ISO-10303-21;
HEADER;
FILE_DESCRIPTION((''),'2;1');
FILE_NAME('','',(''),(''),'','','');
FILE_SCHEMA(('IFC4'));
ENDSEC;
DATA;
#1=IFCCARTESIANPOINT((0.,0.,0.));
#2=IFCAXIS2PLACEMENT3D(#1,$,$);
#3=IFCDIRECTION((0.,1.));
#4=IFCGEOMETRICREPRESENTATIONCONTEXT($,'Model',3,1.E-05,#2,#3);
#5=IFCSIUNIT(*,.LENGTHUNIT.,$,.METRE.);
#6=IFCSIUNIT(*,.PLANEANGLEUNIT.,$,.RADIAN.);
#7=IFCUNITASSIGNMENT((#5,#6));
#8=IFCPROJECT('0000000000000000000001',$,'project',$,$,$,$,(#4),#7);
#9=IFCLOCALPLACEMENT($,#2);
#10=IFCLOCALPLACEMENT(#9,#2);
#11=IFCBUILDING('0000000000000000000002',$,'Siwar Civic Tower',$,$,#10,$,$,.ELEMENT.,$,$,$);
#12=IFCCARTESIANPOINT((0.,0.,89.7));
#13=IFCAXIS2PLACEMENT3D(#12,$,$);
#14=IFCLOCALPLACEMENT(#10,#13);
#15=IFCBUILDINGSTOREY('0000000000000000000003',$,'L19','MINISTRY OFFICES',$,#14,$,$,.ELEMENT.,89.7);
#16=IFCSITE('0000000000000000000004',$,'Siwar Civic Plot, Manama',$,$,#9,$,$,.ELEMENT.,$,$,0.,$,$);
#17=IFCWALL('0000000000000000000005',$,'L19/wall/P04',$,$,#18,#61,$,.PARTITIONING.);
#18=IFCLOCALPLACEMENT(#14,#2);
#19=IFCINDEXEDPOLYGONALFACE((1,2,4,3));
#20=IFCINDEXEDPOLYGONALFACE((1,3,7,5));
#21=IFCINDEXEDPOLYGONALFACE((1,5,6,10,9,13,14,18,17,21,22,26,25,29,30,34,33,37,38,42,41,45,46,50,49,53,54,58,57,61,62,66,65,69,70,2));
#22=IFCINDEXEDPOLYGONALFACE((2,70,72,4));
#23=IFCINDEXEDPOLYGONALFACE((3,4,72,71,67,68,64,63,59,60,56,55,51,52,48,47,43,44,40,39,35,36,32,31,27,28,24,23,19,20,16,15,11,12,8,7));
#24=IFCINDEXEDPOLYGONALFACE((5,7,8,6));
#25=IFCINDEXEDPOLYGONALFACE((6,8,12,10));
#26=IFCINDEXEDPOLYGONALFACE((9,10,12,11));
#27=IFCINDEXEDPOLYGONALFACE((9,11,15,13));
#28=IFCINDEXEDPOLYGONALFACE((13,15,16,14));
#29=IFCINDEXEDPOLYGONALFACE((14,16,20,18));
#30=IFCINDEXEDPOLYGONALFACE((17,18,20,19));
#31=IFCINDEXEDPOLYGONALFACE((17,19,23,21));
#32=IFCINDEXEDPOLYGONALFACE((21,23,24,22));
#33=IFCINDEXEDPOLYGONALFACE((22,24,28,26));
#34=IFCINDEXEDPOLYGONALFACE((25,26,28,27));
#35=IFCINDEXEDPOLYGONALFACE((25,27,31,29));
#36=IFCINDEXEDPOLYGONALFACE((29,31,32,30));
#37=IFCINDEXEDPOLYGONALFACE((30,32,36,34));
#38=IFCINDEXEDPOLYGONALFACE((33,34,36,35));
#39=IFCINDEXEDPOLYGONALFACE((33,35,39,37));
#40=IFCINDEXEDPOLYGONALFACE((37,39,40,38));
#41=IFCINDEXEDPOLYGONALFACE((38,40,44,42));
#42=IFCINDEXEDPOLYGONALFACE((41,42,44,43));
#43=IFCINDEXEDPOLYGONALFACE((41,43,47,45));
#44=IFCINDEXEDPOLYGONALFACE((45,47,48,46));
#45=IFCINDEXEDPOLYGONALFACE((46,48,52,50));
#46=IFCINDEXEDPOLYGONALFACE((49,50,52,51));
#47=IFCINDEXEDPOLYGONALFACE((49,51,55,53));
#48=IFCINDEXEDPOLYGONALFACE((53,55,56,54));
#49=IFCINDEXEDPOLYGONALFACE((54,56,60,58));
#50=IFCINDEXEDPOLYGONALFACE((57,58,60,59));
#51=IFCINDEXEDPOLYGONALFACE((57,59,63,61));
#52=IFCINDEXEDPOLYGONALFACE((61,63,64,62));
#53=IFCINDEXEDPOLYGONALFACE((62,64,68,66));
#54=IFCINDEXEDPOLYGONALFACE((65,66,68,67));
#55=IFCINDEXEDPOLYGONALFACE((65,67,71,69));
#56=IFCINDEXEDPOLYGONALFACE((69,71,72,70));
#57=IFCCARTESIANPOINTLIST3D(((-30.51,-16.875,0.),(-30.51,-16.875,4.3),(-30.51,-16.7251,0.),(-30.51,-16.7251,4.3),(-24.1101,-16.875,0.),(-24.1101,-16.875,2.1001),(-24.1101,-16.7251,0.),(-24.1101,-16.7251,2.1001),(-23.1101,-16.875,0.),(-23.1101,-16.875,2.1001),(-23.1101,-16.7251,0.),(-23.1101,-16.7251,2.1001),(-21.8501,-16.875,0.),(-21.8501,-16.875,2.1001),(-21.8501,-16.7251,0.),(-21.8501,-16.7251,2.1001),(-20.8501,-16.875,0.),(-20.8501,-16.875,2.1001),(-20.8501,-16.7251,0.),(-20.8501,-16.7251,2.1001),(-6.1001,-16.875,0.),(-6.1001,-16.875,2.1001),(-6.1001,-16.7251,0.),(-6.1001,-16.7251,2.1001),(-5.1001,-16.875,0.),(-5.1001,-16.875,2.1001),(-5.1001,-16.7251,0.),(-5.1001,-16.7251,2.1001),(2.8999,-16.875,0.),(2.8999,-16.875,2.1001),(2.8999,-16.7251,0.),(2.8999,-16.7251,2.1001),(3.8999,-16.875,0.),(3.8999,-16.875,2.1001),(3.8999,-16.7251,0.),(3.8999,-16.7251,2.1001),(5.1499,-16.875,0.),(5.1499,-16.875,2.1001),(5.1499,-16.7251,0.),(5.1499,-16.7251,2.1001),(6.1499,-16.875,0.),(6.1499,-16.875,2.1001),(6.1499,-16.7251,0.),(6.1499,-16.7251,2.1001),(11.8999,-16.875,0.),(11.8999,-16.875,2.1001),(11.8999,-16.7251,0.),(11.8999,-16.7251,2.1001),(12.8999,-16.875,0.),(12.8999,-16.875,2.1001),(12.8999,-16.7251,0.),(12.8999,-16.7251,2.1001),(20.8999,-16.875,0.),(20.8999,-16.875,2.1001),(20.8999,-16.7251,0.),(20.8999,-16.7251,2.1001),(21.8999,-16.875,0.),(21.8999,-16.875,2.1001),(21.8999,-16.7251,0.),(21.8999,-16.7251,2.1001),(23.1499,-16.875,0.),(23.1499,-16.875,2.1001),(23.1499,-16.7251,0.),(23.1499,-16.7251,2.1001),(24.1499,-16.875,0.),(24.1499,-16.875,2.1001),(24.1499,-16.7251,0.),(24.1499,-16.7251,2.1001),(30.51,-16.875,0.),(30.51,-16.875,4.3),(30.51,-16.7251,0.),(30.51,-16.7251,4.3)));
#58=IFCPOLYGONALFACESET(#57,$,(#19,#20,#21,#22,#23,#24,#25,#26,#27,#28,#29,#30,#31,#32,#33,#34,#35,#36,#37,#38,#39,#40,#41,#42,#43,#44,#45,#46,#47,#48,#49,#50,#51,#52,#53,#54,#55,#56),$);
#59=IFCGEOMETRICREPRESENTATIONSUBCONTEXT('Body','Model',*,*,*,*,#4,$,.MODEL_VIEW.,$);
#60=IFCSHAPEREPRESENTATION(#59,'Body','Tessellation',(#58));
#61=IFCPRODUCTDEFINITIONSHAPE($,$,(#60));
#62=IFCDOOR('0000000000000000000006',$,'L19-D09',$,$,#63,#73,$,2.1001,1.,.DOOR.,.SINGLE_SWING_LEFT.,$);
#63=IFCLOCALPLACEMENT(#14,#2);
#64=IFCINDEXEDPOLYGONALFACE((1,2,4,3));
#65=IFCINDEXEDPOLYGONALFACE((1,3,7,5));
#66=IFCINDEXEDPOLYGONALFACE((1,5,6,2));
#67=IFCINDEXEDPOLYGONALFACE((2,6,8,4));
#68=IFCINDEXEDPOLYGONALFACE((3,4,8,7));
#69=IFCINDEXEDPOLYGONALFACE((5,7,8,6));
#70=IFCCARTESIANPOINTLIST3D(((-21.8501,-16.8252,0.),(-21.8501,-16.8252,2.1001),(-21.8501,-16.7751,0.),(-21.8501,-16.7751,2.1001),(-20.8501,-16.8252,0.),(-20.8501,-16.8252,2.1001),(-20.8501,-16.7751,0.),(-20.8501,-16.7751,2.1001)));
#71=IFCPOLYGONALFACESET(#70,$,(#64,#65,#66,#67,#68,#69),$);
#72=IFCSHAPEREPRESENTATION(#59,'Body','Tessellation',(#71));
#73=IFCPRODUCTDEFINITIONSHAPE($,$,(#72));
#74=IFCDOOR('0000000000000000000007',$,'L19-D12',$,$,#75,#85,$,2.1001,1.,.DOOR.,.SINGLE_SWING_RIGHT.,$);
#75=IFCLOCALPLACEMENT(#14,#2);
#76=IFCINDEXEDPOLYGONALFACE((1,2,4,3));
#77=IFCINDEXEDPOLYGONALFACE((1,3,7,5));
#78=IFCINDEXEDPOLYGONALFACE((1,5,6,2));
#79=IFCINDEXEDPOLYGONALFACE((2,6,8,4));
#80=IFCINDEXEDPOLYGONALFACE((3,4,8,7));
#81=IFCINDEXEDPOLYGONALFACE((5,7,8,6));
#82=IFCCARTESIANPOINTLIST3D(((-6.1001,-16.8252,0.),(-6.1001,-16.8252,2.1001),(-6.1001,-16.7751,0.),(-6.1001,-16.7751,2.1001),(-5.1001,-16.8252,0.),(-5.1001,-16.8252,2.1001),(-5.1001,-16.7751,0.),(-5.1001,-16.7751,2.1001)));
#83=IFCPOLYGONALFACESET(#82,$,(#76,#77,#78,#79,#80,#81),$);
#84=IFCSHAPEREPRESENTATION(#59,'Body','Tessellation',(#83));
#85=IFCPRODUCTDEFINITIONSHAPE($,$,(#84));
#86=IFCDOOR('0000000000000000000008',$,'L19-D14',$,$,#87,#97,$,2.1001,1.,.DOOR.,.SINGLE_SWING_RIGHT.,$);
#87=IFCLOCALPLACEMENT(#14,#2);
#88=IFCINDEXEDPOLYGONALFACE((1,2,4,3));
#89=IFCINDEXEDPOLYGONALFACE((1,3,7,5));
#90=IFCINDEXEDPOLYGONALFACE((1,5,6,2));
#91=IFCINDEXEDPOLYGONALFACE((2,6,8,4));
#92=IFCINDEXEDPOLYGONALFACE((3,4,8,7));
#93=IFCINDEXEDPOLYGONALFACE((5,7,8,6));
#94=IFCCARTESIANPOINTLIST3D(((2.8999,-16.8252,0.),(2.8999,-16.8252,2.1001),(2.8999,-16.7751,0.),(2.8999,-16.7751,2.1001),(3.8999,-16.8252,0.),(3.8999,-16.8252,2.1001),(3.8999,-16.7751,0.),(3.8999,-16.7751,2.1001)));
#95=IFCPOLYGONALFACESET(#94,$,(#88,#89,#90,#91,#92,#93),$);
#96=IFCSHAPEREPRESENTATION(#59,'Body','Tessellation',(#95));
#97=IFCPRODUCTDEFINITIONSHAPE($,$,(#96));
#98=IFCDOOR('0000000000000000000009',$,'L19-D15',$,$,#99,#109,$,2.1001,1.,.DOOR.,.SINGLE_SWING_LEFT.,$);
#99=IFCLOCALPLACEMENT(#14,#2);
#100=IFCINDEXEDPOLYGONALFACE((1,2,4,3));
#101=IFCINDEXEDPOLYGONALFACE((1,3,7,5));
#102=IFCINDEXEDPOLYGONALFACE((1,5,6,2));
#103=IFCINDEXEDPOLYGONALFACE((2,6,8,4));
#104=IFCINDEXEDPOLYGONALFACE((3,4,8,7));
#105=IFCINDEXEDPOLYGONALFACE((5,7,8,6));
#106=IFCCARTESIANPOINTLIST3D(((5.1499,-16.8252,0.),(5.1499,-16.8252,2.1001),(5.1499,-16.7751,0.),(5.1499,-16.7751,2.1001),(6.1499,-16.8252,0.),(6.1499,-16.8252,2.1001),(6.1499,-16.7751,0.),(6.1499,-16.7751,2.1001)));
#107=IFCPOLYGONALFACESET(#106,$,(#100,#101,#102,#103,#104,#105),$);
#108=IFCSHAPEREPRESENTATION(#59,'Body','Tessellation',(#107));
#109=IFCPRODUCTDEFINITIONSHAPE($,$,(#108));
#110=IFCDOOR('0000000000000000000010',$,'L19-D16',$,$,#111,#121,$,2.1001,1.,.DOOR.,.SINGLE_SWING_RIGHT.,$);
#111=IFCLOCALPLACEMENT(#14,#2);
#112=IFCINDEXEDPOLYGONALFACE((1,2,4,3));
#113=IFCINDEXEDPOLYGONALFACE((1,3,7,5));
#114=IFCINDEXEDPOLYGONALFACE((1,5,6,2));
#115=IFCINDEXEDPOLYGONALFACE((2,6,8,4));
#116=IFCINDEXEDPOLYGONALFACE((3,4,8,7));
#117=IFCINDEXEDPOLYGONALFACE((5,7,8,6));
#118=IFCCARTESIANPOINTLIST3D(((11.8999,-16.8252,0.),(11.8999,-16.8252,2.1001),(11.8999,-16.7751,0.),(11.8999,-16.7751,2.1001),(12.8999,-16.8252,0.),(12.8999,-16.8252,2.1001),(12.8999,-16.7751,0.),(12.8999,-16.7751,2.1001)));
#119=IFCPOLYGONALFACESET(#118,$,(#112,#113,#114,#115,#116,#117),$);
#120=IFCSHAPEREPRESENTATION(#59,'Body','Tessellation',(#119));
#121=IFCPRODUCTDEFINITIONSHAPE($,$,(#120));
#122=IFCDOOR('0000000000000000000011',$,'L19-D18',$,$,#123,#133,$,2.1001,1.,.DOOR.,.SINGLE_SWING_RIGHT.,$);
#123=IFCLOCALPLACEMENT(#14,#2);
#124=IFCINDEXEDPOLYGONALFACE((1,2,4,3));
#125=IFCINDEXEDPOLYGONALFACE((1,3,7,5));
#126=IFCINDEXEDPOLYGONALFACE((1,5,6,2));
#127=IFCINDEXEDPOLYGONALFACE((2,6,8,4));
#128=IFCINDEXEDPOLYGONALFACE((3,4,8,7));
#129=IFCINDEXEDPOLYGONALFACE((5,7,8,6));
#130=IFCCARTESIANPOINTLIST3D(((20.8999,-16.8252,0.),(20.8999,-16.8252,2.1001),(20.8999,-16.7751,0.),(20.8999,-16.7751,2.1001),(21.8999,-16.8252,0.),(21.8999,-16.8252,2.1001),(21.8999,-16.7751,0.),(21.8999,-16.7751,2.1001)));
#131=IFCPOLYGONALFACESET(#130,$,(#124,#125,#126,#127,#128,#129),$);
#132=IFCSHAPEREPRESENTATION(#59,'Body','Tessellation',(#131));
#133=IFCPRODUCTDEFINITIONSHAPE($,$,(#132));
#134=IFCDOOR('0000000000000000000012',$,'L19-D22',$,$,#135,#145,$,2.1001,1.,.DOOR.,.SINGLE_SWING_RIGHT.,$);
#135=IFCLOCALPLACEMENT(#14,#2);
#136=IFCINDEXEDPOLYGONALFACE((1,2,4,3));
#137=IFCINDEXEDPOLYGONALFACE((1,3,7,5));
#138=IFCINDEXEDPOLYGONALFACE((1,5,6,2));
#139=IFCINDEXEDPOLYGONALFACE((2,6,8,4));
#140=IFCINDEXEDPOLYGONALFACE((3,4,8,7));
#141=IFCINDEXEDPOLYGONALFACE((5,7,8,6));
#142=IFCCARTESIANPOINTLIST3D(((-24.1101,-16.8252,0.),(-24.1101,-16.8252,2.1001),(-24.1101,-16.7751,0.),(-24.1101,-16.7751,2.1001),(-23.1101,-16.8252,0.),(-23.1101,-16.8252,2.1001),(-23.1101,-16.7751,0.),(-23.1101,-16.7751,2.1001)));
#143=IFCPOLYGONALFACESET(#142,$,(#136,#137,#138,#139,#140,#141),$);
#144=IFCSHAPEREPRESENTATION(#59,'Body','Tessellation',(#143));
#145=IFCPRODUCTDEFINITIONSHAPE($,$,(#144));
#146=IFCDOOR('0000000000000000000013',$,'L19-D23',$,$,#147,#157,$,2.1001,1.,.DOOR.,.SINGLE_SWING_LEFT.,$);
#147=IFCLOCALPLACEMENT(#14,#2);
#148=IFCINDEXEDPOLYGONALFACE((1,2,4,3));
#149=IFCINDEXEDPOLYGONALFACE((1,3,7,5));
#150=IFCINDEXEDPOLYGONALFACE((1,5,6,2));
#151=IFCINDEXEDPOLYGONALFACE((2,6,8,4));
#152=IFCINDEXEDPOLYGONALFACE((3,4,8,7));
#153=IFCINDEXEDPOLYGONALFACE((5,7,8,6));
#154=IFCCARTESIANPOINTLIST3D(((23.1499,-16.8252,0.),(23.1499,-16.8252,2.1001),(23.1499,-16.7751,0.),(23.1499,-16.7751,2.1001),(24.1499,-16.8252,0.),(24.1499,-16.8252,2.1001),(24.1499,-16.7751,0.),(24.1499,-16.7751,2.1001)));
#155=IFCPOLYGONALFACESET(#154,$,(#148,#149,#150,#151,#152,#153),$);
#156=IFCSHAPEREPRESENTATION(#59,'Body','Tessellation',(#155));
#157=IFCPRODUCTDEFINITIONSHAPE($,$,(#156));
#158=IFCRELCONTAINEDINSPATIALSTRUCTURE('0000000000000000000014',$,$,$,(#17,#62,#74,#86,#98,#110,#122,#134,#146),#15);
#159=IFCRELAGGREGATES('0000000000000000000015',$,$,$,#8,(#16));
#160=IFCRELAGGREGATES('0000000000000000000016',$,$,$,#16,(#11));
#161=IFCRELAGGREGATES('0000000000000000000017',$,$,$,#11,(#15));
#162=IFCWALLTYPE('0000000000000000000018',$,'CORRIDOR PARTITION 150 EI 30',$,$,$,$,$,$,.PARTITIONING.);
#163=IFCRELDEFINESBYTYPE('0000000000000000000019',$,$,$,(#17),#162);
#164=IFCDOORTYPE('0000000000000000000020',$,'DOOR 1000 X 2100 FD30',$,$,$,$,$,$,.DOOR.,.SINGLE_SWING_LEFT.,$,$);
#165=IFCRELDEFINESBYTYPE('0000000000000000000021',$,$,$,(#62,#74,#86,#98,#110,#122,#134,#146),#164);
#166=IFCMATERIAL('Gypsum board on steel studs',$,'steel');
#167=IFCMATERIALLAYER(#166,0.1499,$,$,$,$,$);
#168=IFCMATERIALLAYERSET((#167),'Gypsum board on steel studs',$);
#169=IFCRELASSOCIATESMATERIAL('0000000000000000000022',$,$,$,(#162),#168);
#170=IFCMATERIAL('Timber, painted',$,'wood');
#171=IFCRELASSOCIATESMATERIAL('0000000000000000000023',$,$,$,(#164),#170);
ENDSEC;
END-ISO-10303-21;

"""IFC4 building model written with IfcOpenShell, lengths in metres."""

from ifc_helpers import new_model, si_unit, direction, frame, frame_2d, origin, place, context, subcontext, project, spatial, rectangle, extrude, material, layer, layer_set, type_object, element, fill, save


model = new_model("IFC4")

# Units and contexts
model_context = context("Model", 3, precision=1e-05, world=origin(), true_north=direction((0.0, 1.0)))
body_context = subcontext(model_context, "Body", "Model", "MODEL_VIEW")
ifc_project = project(units=[si_unit("LENGTHUNIT", "METRE"), si_unit("PLANEANGLEUNIT", "RADIAN")], contexts=[model_context])

# Site, building, storey
site_placement = place(None, origin())
site = spatial("IfcSite", under=ifc_project, at=site_placement, Name="Siwar Civic Plot, Manama", CompositionType="ELEMENT", RefElevation=0.0)
building_placement = place(site_placement, origin())
building = spatial("IfcBuilding", under=site, at=building_placement, Name="Siwar Civic Tower", CompositionType="ELEMENT")
storey_placement = place(building_placement, frame((0.0, 0.0, 89.7)))
storey = spatial("IfcBuildingStorey", under=building, at=storey_placement, Name="L19", Description="MINISTRY OFFICES", CompositionType="ELEMENT", Elevation=89.7)

# Wall, openings, doors
ifc_material_1 = material(Name="Gypsum board on steel studs", Category="steel")
ifc_layer_1 = layer(ifc_material_1, 0.1499)
ifc_layer_set_1 = layer_set([ifc_layer_1], Name="Gypsum board on steel studs")
wall_type = type_object("IfcWallType", Name="CORRIDOR PARTITION 150 EI 30", PredefinedType="PARTITIONING", material=ifc_layer_set_1)
wall_1_placement = place(storey_placement, frame((-30.51, -16.8, 0.0), z_axis=(0.0, 0.0, 1.0), x_axis=(1.0, 0.0, 0.0)))
wall_1 = element("IfcWall", 1, at=wall_1_placement, inside=storey, type_object=wall_type, Name="L19/wall/P04", PredefinedType="PARTITIONING", context=body_context, shape_type="SweptSolid", body=[
    extrude(rectangle(XDim=61.02, YDim=0.1499, at=frame_2d((30.51, 0.0))), origin(), (0.0, 0.0, 1.0), 4.3),
])
opening_1_placement = place(wall_1_placement, frame((8.6599, 0.0, 0.0)))
opening_1 = element("IfcOpeningElement", 2, at=opening_1_placement, cuts=wall_1, PredefinedType="OPENING", context=body_context, shape_type="SweptSolid", body=[
    extrude(rectangle(XDim=1.0, YDim=2.1001, at=frame_2d((0.5, 1.05))), frame((0.0, 0.085, 0.0), z_axis=(0.0, -1.0, 0.0), x_axis=(1.0, 0.0, 0.0)), (0.0, 0.0, 1.0), 0.1699),
])
opening_2_placement = place(wall_1_placement, frame((24.4099, 0.0, 0.0)))
opening_2 = element("IfcOpeningElement", 3, at=opening_2_placement, cuts=wall_1, PredefinedType="OPENING", context=body_context, shape_type="SweptSolid", body=[
    extrude(rectangle(XDim=1.0, YDim=2.1001, at=frame_2d((0.5, 1.05))), frame((0.0, 0.085, 0.0), z_axis=(0.0, -1.0, 0.0), x_axis=(1.0, 0.0, 0.0)), (0.0, 0.0, 1.0), 0.1699),
])
opening_3_placement = place(wall_1_placement, frame((33.4099, 0.0, 0.0)))
opening_3 = element("IfcOpeningElement", 4, at=opening_3_placement, cuts=wall_1, PredefinedType="OPENING", context=body_context, shape_type="SweptSolid", body=[
    extrude(rectangle(XDim=1.0, YDim=2.1001, at=frame_2d((0.5, 1.05))), frame((0.0, 0.085, 0.0), z_axis=(0.0, -1.0, 0.0), x_axis=(1.0, 0.0, 0.0)), (0.0, 0.0, 1.0), 0.1699),
])
opening_4_placement = place(wall_1_placement, frame((35.6599, 0.0, 0.0)))
opening_4 = element("IfcOpeningElement", 5, at=opening_4_placement, cuts=wall_1, PredefinedType="OPENING", context=body_context, shape_type="SweptSolid", body=[
    extrude(rectangle(XDim=1.0, YDim=2.1001, at=frame_2d((0.5, 1.05))), frame((0.0, 0.085, 0.0), z_axis=(0.0, -1.0, 0.0), x_axis=(1.0, 0.0, 0.0)), (0.0, 0.0, 1.0), 0.1699),
])
opening_5_placement = place(wall_1_placement, frame((42.4099, 0.0, 0.0)))
opening_5 = element("IfcOpeningElement", 6, at=opening_5_placement, cuts=wall_1, PredefinedType="OPENING", context=body_context, shape_type="SweptSolid", body=[
    extrude(rectangle(XDim=1.0, YDim=2.1001, at=frame_2d((0.5, 1.05))), frame((0.0, 0.085, 0.0), z_axis=(0.0, -1.0, 0.0), x_axis=(1.0, 0.0, 0.0)), (0.0, 0.0, 1.0), 0.1699),
])
opening_6_placement = place(wall_1_placement, frame((51.4099, 0.0, 0.0)))
opening_6 = element("IfcOpeningElement", 7, at=opening_6_placement, cuts=wall_1, PredefinedType="OPENING", context=body_context, shape_type="SweptSolid", body=[
    extrude(rectangle(XDim=1.0, YDim=2.1001, at=frame_2d((0.5, 1.05))), frame((0.0, 0.085, 0.0), z_axis=(0.0, -1.0, 0.0), x_axis=(1.0, 0.0, 0.0)), (0.0, 0.0, 1.0), 0.1699),
])
opening_7_placement = place(wall_1_placement, frame((6.3999, 0.0, 0.0)))
opening_7 = element("IfcOpeningElement", 8, at=opening_7_placement, cuts=wall_1, PredefinedType="OPENING", context=body_context, shape_type="SweptSolid", body=[
    extrude(rectangle(XDim=1.0, YDim=2.1001, at=frame_2d((0.5, 1.05))), frame((0.0, 0.085, 0.0), z_axis=(0.0, -1.0, 0.0), x_axis=(1.0, 0.0, 0.0)), (0.0, 0.0, 1.0), 0.1699),
])
opening_8_placement = place(wall_1_placement, frame((53.6599, 0.0, 0.0)))
opening_8 = element("IfcOpeningElement", 9, at=opening_8_placement, cuts=wall_1, PredefinedType="OPENING", context=body_context, shape_type="SweptSolid", body=[
    extrude(rectangle(XDim=1.0, YDim=2.1001, at=frame_2d((0.5, 1.05))), frame((0.0, 0.085, 0.0), z_axis=(0.0, -1.0, 0.0), x_axis=(1.0, 0.0, 0.0)), (0.0, 0.0, 1.0), 0.1699),
])
ifc_material_2 = material(Name="Timber, painted", Category="wood")
door_type = type_object("IfcDoorType", Name="DOOR 1000 X 2100 FD30", OperationType="SINGLE_SWING_LEFT", PredefinedType="DOOR", material=ifc_material_2)
door_1_placement = place(opening_1_placement, origin())
door_1 = element("IfcDoor", 10, at=door_1_placement, inside=storey, type_object=door_type, Name="L19-D09", OperationType="SINGLE_SWING_LEFT", OverallHeight=2.1001, OverallWidth=1.0, PredefinedType="DOOR", context=body_context, shape_type="SweptSolid", body=[
    extrude(rectangle(XDim=1.0, YDim=2.1001, at=frame_2d((0.5, 1.05))), frame((0.0, 0.0249, 0.0), z_axis=(0.0, -1.0, 0.0), x_axis=(1.0, 0.0, 0.0)), (0.0, 0.0, 1.0), 0.05),
])
fill(opening_1, door_1)
door_2_placement = place(opening_2_placement, origin())
door_2 = element("IfcDoor", 11, at=door_2_placement, inside=storey, type_object=door_type, Name="L19-D12", OperationType="SINGLE_SWING_RIGHT", OverallHeight=2.1001, OverallWidth=1.0, PredefinedType="DOOR", context=body_context, shape_type="SweptSolid", body=[
    extrude(rectangle(XDim=1.0, YDim=2.1001, at=frame_2d((0.5, 1.05))), frame((0.0, 0.0249, 0.0), z_axis=(0.0, -1.0, 0.0), x_axis=(1.0, 0.0, 0.0)), (0.0, 0.0, 1.0), 0.05),
])
fill(opening_2, door_2)
door_3_placement = place(opening_3_placement, origin())
door_3 = element("IfcDoor", 12, at=door_3_placement, inside=storey, type_object=door_type, Name="L19-D14", OperationType="SINGLE_SWING_RIGHT", OverallHeight=2.1001, OverallWidth=1.0, PredefinedType="DOOR", context=body_context, shape_type="SweptSolid", body=[
    extrude(rectangle(XDim=1.0, YDim=2.1001, at=frame_2d((0.5, 1.05))), frame((0.0, 0.0249, 0.0), z_axis=(0.0, -1.0, 0.0), x_axis=(1.0, 0.0, 0.0)), (0.0, 0.0, 1.0), 0.05),
])
fill(opening_3, door_3)
door_4_placement = place(opening_4_placement, origin())
door_4 = element("IfcDoor", 13, at=door_4_placement, inside=storey, type_object=door_type, Name="L19-D15", OperationType="SINGLE_SWING_LEFT", OverallHeight=2.1001, OverallWidth=1.0, PredefinedType="DOOR", context=body_context, shape_type="SweptSolid", body=[
    extrude(rectangle(XDim=1.0, YDim=2.1001, at=frame_2d((0.5, 1.05))), frame((0.0, 0.0249, 0.0), z_axis=(0.0, -1.0, 0.0), x_axis=(1.0, 0.0, 0.0)), (0.0, 0.0, 1.0), 0.05),
])
fill(opening_4, door_4)
door_5_placement = place(opening_5_placement, origin())
door_5 = element("IfcDoor", 14, at=door_5_placement, inside=storey, type_object=door_type, Name="L19-D16", OperationType="SINGLE_SWING_RIGHT", OverallHeight=2.1001, OverallWidth=1.0, PredefinedType="DOOR", context=body_context, shape_type="SweptSolid", body=[
    extrude(rectangle(XDim=1.0, YDim=2.1001, at=frame_2d((0.5, 1.05))), frame((0.0, 0.0249, 0.0), z_axis=(0.0, -1.0, 0.0), x_axis=(1.0, 0.0, 0.0)), (0.0, 0.0, 1.0), 0.05),
])
fill(opening_5, door_5)
door_6_placement = place(opening_6_placement, origin())
door_6 = element("IfcDoor", 15, at=door_6_placement, inside=storey, type_object=door_type, Name="L19-D18", OperationType="SINGLE_SWING_RIGHT", OverallHeight=2.1001, OverallWidth=1.0, PredefinedType="DOOR", context=body_context, shape_type="SweptSolid", body=[
    extrude(rectangle(XDim=1.0, YDim=2.1001, at=frame_2d((0.5, 1.05))), frame((0.0, 0.0249, 0.0), z_axis=(0.0, -1.0, 0.0), x_axis=(1.0, 0.0, 0.0)), (0.0, 0.0, 1.0), 0.05),
])
fill(opening_6, door_6)
door_7_placement = place(opening_7_placement, origin())
door_7 = element("IfcDoor", 16, at=door_7_placement, inside=storey, type_object=door_type, Name="L19-D22", OperationType="SINGLE_SWING_RIGHT", OverallHeight=2.1001, OverallWidth=1.0, PredefinedType="DOOR", context=body_context, shape_type="SweptSolid", body=[
    extrude(rectangle(XDim=1.0, YDim=2.1001, at=frame_2d((0.5, 1.05))), frame((0.0, 0.0249, 0.0), z_axis=(0.0, -1.0, 0.0), x_axis=(1.0, 0.0, 0.0)), (0.0, 0.0, 1.0), 0.05),
])
fill(opening_7, door_7)
door_8_placement = place(opening_8_placement, origin())
door_8 = element("IfcDoor", 17, at=door_8_placement, inside=storey, type_object=door_type, Name="L19-D23", OperationType="SINGLE_SWING_LEFT", OverallHeight=2.1001, OverallWidth=1.0, PredefinedType="DOOR", context=body_context, shape_type="SweptSolid", body=[
    extrude(rectangle(XDim=1.0, YDim=2.1001, at=frame_2d((0.5, 1.05))), frame((0.0, 0.0249, 0.0), z_axis=(0.0, -1.0, 0.0), x_axis=(1.0, 0.0, 0.0)), (0.0, 0.0, 1.0), 0.05),
])
fill(opening_8, door_8)

save(model, "model.ifc")
